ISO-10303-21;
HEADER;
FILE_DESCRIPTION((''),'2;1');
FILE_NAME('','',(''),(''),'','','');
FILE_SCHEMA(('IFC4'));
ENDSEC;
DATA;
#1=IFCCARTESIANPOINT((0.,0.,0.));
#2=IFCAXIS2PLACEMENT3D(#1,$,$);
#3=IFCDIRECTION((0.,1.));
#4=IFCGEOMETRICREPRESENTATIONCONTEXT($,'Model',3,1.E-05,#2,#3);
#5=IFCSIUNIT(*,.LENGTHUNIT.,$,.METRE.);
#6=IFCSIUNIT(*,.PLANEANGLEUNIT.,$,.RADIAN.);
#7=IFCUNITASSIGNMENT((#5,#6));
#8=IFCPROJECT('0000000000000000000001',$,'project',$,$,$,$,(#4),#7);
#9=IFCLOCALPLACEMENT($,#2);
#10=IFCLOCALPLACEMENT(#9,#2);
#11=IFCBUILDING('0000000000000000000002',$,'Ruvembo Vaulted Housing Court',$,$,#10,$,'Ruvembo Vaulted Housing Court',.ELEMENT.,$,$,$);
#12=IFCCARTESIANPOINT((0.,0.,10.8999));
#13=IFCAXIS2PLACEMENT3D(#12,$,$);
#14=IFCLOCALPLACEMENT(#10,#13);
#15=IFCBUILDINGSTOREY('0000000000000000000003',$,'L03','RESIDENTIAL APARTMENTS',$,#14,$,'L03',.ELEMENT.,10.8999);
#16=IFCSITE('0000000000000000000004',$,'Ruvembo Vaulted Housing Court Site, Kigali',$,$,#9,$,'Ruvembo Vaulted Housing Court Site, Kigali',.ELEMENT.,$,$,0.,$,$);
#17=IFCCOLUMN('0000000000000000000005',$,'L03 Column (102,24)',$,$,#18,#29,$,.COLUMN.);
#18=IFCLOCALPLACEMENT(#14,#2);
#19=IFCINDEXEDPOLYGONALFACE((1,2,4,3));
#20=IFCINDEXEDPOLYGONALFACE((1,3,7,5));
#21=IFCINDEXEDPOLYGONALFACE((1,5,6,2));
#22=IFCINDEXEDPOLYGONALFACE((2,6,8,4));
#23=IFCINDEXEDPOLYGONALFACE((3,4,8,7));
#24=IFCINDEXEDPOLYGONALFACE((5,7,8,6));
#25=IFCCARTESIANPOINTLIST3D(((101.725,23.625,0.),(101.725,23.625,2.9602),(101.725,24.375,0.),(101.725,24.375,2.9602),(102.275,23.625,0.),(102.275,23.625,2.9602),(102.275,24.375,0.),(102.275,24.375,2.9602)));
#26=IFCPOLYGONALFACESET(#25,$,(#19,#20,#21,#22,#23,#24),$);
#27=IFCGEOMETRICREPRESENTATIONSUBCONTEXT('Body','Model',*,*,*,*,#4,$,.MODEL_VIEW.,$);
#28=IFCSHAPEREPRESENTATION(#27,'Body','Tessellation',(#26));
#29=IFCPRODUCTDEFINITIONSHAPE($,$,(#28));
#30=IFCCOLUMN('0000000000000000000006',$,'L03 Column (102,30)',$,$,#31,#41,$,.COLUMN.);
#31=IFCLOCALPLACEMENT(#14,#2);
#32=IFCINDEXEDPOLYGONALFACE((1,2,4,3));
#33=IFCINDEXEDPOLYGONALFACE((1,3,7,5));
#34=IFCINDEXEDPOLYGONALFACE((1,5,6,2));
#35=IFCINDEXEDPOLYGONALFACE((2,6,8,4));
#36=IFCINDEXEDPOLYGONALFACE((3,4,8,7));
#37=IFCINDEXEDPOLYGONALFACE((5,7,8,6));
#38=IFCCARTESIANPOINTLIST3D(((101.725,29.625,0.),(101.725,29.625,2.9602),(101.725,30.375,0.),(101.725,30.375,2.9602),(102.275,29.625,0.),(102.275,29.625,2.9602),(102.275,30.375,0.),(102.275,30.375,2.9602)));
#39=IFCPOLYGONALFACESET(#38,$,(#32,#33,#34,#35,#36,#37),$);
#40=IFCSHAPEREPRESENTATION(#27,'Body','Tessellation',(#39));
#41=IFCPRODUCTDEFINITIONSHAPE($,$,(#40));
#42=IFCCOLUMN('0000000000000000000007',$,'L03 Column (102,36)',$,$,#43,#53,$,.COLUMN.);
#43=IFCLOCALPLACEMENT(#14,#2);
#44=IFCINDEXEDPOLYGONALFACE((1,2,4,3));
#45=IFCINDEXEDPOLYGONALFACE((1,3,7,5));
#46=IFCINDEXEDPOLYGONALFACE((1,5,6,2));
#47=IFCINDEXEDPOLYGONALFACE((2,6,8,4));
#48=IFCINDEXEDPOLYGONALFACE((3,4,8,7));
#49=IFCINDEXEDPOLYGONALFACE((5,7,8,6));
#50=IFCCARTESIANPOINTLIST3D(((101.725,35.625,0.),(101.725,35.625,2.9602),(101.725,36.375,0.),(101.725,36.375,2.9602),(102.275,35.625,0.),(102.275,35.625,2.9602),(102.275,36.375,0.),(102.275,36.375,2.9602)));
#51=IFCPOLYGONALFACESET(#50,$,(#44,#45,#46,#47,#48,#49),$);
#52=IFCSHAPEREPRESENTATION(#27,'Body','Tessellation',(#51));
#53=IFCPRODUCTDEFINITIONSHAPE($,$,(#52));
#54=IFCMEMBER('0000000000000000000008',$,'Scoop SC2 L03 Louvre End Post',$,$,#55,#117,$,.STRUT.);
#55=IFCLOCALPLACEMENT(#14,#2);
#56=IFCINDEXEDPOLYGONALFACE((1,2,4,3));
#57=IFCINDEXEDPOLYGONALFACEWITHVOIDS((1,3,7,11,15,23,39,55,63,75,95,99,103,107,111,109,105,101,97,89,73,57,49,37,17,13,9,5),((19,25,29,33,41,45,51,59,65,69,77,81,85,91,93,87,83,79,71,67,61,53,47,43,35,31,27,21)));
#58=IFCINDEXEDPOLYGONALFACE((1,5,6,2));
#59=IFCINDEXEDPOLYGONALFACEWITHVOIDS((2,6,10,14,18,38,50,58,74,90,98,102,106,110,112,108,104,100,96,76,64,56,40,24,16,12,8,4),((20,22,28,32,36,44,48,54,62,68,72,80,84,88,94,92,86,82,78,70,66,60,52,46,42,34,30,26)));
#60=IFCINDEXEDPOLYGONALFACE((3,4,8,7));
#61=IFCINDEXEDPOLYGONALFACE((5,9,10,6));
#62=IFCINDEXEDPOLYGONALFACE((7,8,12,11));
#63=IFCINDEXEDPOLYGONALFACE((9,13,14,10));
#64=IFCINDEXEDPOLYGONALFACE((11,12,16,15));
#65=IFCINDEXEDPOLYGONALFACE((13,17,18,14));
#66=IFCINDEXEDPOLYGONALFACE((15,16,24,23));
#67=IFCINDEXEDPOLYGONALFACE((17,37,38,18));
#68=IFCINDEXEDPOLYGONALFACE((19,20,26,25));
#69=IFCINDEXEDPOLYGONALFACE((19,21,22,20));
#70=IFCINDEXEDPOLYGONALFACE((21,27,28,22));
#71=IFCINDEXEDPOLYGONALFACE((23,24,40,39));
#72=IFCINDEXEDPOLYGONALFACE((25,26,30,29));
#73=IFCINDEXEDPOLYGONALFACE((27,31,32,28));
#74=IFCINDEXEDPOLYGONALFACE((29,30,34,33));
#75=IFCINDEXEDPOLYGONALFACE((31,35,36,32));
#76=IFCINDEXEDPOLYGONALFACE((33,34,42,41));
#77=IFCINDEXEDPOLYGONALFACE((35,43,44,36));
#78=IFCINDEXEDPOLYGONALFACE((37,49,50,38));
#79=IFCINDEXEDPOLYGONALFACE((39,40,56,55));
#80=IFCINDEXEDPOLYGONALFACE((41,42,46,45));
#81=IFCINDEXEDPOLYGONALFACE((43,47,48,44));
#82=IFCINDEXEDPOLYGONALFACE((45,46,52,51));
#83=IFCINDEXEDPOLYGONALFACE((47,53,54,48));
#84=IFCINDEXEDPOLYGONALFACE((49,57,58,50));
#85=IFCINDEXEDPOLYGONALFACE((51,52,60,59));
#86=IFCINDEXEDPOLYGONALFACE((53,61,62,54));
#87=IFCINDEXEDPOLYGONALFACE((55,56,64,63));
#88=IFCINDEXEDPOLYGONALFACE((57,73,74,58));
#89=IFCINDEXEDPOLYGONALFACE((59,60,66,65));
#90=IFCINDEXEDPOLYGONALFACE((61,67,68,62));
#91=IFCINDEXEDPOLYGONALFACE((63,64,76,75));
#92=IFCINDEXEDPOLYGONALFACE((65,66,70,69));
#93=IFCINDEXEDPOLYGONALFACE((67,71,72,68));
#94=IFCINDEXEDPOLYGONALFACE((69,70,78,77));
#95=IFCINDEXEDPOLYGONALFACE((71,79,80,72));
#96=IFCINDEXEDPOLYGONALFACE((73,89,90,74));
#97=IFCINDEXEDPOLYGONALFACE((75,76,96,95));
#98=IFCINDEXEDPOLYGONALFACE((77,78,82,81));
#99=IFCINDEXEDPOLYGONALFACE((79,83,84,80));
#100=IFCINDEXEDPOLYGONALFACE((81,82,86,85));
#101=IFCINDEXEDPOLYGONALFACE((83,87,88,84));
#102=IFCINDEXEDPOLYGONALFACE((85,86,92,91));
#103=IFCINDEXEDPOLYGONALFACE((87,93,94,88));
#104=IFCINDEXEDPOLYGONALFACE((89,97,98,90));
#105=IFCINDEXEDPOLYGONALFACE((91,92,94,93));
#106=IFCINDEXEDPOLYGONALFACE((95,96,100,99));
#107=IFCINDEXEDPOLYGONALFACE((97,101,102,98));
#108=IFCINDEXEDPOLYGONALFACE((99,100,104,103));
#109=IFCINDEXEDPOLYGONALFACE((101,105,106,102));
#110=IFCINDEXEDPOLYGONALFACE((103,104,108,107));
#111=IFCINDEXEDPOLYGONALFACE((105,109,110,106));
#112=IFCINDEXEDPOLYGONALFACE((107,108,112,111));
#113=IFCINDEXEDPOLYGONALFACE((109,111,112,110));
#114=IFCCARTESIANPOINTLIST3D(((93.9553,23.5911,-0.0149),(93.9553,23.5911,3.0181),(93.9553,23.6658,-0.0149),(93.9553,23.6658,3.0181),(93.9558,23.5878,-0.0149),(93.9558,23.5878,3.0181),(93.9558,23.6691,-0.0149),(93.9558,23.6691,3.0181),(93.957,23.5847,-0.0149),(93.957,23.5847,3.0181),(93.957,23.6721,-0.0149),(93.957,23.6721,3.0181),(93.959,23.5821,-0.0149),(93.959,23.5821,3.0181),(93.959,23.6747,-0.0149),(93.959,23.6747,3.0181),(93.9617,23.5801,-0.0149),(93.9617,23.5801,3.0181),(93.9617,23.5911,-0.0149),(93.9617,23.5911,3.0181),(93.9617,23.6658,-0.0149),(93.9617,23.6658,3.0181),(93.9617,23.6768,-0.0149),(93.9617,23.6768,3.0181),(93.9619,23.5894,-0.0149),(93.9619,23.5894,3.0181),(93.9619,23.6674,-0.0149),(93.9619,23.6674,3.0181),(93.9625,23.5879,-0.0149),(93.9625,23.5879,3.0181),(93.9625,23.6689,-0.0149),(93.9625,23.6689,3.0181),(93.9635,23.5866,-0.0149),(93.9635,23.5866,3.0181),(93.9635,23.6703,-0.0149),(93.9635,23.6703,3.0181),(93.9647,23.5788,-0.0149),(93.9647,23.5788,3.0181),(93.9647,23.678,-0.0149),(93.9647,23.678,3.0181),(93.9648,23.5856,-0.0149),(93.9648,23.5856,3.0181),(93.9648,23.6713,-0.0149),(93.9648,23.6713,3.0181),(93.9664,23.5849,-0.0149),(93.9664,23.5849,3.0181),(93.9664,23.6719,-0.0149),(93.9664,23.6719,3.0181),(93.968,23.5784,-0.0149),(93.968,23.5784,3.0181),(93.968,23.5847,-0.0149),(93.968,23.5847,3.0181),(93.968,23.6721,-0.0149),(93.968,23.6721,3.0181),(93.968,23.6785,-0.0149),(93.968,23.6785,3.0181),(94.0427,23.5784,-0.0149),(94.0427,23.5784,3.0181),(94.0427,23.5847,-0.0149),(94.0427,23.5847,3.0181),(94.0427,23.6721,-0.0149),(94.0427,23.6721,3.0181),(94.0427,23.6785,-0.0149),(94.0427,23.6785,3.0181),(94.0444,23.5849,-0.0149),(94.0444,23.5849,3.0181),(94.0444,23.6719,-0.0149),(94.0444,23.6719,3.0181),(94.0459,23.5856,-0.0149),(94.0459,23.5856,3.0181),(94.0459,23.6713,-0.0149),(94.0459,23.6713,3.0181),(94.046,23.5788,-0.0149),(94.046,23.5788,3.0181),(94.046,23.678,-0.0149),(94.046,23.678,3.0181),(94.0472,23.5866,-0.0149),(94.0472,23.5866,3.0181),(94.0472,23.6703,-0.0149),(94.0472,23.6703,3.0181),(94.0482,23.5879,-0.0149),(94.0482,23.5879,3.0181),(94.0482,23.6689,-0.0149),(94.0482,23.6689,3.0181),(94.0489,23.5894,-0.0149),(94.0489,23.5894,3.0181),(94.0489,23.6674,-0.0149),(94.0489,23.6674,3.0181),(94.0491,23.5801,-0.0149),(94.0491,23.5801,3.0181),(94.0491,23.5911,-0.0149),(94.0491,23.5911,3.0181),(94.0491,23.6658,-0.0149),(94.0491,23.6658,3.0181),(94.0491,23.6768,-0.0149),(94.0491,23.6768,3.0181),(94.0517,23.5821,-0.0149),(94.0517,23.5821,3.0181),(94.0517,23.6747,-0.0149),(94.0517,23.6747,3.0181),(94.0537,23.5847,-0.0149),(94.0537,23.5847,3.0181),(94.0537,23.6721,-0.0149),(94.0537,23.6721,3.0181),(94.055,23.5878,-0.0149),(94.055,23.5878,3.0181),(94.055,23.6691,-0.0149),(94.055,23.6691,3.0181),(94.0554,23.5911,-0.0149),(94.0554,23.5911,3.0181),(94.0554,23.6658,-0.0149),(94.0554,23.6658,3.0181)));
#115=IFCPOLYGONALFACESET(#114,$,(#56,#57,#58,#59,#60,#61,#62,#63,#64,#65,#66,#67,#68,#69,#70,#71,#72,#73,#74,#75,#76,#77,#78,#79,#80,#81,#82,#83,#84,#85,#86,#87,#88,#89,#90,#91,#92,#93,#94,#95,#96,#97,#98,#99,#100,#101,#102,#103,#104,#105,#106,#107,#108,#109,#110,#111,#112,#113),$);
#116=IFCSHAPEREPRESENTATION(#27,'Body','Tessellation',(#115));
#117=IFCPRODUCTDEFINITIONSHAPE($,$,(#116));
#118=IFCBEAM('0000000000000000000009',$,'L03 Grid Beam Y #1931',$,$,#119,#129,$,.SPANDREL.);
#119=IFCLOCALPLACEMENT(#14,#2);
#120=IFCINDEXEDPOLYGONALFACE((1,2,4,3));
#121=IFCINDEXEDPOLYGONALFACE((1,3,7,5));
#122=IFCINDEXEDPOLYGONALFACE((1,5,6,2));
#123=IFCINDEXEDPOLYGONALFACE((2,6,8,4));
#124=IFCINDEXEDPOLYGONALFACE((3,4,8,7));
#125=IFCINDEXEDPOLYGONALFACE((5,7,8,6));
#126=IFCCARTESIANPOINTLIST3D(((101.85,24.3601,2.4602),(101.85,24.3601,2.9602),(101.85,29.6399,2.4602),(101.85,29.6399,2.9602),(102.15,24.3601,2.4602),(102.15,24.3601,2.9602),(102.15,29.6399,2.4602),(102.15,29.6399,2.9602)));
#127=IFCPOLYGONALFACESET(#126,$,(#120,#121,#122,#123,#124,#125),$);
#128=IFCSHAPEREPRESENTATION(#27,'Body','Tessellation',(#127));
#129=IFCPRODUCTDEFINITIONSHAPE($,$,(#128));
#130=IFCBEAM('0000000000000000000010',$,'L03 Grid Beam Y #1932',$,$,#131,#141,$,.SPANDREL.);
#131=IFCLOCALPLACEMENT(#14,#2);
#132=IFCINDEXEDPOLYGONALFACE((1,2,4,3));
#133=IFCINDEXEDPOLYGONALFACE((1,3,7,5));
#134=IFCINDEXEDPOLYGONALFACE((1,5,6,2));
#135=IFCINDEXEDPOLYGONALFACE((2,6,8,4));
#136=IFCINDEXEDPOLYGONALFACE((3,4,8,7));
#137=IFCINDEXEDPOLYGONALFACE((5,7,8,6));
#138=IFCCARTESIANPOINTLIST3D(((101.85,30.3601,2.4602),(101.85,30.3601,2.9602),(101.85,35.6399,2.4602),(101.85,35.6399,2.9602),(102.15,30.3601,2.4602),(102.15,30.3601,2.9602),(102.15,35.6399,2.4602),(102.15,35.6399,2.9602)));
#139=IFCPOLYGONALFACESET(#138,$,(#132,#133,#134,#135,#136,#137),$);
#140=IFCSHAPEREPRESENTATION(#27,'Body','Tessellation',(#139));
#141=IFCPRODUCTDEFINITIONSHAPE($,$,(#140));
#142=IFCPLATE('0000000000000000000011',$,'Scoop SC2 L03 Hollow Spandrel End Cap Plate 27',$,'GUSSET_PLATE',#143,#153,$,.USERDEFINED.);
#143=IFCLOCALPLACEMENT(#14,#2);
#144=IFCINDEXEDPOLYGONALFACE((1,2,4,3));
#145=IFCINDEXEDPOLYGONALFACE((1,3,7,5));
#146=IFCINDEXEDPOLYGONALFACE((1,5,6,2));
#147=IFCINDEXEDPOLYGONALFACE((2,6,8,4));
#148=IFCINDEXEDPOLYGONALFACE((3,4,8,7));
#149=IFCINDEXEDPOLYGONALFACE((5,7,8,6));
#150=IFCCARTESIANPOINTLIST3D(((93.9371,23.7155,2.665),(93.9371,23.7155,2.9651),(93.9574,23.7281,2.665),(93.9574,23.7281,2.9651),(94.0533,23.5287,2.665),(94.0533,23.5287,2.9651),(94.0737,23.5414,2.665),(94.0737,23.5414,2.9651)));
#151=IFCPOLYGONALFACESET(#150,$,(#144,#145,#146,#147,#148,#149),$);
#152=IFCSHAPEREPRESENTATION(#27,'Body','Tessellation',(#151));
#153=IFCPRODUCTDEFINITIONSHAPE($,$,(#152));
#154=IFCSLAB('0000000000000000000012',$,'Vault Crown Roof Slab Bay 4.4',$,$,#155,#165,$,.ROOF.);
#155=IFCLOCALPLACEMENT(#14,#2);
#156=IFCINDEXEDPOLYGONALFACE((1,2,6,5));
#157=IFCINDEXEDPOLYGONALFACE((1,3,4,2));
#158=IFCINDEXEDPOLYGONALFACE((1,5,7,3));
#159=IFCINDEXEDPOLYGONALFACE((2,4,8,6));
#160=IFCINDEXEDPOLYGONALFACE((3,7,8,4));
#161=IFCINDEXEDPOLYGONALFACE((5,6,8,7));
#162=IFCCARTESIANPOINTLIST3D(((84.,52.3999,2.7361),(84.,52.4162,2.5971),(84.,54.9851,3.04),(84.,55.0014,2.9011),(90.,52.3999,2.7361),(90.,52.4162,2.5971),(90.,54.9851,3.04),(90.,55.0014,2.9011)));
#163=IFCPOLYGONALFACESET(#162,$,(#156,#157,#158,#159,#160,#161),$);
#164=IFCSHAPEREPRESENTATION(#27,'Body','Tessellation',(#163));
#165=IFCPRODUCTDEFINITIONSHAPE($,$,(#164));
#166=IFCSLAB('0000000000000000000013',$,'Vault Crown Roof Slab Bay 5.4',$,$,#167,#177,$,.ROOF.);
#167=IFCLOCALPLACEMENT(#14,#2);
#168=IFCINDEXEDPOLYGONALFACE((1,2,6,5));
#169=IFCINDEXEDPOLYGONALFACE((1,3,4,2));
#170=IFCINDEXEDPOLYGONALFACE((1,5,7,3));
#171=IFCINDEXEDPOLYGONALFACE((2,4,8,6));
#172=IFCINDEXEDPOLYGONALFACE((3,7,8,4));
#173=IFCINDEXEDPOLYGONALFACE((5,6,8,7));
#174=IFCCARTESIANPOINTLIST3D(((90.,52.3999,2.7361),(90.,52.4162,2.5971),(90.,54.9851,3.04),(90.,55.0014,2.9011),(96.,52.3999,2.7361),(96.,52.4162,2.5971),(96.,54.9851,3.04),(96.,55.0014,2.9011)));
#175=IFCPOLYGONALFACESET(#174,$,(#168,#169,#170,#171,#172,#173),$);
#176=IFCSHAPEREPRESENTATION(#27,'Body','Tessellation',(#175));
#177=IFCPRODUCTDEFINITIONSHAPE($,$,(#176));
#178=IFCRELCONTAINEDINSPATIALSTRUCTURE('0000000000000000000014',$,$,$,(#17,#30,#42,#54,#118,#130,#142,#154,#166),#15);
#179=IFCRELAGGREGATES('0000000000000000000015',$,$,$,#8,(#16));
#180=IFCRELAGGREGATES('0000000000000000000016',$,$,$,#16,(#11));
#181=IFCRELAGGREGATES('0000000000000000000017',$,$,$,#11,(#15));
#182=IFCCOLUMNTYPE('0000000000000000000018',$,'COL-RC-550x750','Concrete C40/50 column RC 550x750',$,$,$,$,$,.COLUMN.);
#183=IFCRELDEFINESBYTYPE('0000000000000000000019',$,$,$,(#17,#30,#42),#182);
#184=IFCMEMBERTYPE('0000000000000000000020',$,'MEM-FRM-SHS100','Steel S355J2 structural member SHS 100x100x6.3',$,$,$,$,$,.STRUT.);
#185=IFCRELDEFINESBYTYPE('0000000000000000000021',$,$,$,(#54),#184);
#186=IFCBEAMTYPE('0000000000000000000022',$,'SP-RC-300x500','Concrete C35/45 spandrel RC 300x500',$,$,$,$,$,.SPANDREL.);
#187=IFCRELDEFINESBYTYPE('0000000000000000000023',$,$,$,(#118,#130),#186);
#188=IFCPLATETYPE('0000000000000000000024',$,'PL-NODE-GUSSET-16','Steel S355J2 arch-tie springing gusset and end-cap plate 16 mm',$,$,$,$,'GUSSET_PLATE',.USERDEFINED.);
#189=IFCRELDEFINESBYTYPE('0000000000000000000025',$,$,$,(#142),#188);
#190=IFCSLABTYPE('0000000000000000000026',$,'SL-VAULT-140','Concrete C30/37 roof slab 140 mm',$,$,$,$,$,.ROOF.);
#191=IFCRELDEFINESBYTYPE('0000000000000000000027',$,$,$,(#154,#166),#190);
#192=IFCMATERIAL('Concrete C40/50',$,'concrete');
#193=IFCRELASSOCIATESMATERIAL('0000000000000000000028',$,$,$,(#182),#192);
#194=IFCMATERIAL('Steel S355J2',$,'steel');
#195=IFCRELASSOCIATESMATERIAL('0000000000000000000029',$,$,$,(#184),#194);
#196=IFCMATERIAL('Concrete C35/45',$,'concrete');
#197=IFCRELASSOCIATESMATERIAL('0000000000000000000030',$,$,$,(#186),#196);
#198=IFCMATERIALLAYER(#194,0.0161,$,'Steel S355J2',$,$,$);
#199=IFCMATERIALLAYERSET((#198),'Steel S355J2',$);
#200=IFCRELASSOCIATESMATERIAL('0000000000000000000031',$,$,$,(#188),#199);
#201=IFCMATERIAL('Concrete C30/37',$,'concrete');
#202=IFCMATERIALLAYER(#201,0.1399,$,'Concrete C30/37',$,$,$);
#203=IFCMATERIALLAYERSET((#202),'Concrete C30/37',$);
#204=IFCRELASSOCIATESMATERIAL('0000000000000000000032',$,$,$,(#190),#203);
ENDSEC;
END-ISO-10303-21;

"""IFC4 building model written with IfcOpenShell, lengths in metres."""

from ifc_helpers import new_model, si_unit, direction, frame, origin, origin_2d, place, context, subcontext, project, spatial, polyline, rectangle, hollow_rectangle, outline, extrude, material, layer, layer_set, material_profile, profile_set, type_object, element, save


model = new_model("IFC4")

# Units and contexts
model_context = context("Model", 3, precision=1e-05, world=origin(), true_north=direction((0.0, 1.0)))
body_context = subcontext(model_context, "Body", "Model", "MODEL_VIEW")
ifc_project = project(units=[si_unit("LENGTHUNIT", "METRE"), si_unit("PLANEANGLEUNIT", "RADIAN")], contexts=[model_context])

# Site, building, storey
site_placement = place(None, origin())
site = spatial("IfcSite", under=ifc_project, at=site_placement, Name="Ruvembo Vaulted Housing Court Site, Kigali", LongName="Ruvembo Vaulted Housing Court Site, Kigali", CompositionType="ELEMENT", RefElevation=0.0)
building_placement = place(site_placement, origin())
building = spatial("IfcBuilding", under=site, at=building_placement, Name="Ruvembo Vaulted Housing Court", LongName="Ruvembo Vaulted Housing Court", CompositionType="ELEMENT")
storey_placement = place(building_placement, frame((0.0, 0.0, 10.8999)))
storey = spatial("IfcBuildingStorey", under=building, at=storey_placement, Name="L03", Description="RESIDENTIAL APARTMENTS", LongName="L03", CompositionType="ELEMENT", Elevation=10.8999)

# Columns
ifc_material_1 = material(Name="Concrete C40/50", Category="concrete")
ifc_material_profile_1 = material_profile(ifc_material_1, rectangle(XDim=0.55, YDim=0.75, at=origin_2d()), Name="RC 550x750")
ifc_profile_set_1 = profile_set([ifc_material_profile_1], Name="Concrete C40/50")
column_type = type_object("IfcColumnType", Name="COL-RC-550x750", Description="Concrete C40/50 column RC 550x750", PredefinedType="COLUMN", material=ifc_profile_set_1)
for number, where, z_axis, x_axis, name in (
    (1, (102.0, 24.0, 0.0), (0.0, 0.0, 1.0), (1.0, 0.0, 0.0), "L03 Column (102,24)"),
    (2, (102.0, 30.0, 0.0), (0.0, 0.0, 1.0), (1.0, 0.0, 0.0), "L03 Column (102,30)"),
    (3, (102.0, 36.0, 0.0), (0.0, 0.0, 1.0), (1.0, 0.0, 0.0), "L03 Column (102,36)"),
):
    element("IfcColumn", number, at=place(storey_placement, frame(where, z_axis=z_axis, x_axis=x_axis)), inside=storey, type_object=column_type, Name=name, PredefinedType="COLUMN", context=body_context, shape_type="SweptSolid", body=[
        extrude(rectangle(XDim=0.55, YDim=0.75, at=origin_2d()), origin(), (0.0, 0.0, 1.0), 2.9602),
    ])

# Member
ifc_material_2 = material(Name="Steel S355J2", Category="steel")
ifc_material_profile_2 = material_profile(ifc_material_2, hollow_rectangle(XDim=0.1001, YDim=0.1001, WallThickness=0.0063, InnerFilletRadius=0.0063, OuterFilletRadius=0.0127, at=origin_2d()), Name="SHS 100x100x6.3")
ifc_profile_set_2 = profile_set([ifc_material_profile_2], Name="Steel S355J2")
member_type = type_object("IfcMemberType", Name="MEM-FRM-SHS100", Description="Steel S355J2 structural member SHS 100x100x6.3", PredefinedType="STRUT", material=ifc_profile_set_2)
member_placement = place(storey_placement, frame((94.0054, 23.6284, -0.0149), z_axis=(0.0, 0.0, 1.0), x_axis=(1.0, 0.0, 0.0)))
element("IfcMember", 4, at=member_placement, inside=storey, type_object=member_type, Name="Scoop SC2 L03 Louvre End Post", PredefinedType="STRUT", context=body_context, shape_type="SweptSolid", body=[
    extrude(hollow_rectangle(XDim=0.1001, YDim=0.1001, WallThickness=0.0063, InnerFilletRadius=0.0063, OuterFilletRadius=0.0127, at=origin_2d()), origin(), (0.0, 0.0, 1.0), 3.033),
])

# Beams
ifc_material_3 = material(Name="Concrete C35/45", Category="concrete")
ifc_material_profile_3 = material_profile(ifc_material_3, rectangle(XDim=0.3, YDim=0.5, at=origin_2d()), Name="RC 300x500")
ifc_profile_set_3 = profile_set([ifc_material_profile_3], Name="Concrete C35/45")
beam_type = type_object("IfcBeamType", Name="SP-RC-300x500", Description="Concrete C35/45 spandrel RC 300x500", PredefinedType="SPANDREL", material=ifc_profile_set_3)
for number, where, z_axis, x_axis, name in (
    (5, (102.0, 24.3601, 2.7102), (0.0, 1.0, 0.0), (-1.0, 0.0, 0.0), "L03 Grid Beam Y #1931"),
    (6, (102.0, 30.3601, 2.7102), (0.0, 1.0, 0.0), (-1.0, 0.0, 0.0), "L03 Grid Beam Y #1932"),
):
    element("IfcBeam", number, at=place(storey_placement, frame(where, z_axis=z_axis, x_axis=x_axis)), inside=storey, type_object=beam_type, Name=name, PredefinedType="SPANDREL", context=body_context, shape_type="SweptSolid", body=[
        extrude(rectangle(XDim=0.3, YDim=0.5, at=origin_2d()), origin(), (0.0, 0.0, 1.0), 5.2798),
    ])

# Plate
ifc_layer_1 = layer(ifc_material_2, 0.0161, Name="Steel S355J2")
ifc_layer_set_1 = layer_set([ifc_layer_1], Name="Steel S355J2")
plate_type = type_object("IfcPlateType", Name="PL-NODE-GUSSET-16", Description="Steel S355J2 arch-tie springing gusset and end-cap plate 16 mm", ElementType="GUSSET_PLATE", PredefinedType="USERDEFINED", material=ifc_layer_set_1)
plate_placement = place(storey_placement, frame((94.0054, 23.6284, 2.665), z_axis=(0.0, 0.0, 1.0), x_axis=(0.848898, 0.528557, 0.0)))
element("IfcPlate", 7, at=plate_placement, inside=storey, type_object=plate_type, Name="Scoop SC2 L03 Hollow Spandrel End Cap Plate 27", ObjectType="GUSSET_PLATE", PredefinedType="USERDEFINED", context=body_context, shape_type="SweptSolid", body=[
    extrude(rectangle(XDim=0.0239, YDim=0.22, at=origin_2d()), origin(), (0.0, 0.0, 1.0), 0.3),
])

# Slabs
ifc_material_4 = material(Name="Concrete C30/37", Category="concrete")
ifc_layer_2 = layer(ifc_material_4, 0.1399, Name="Concrete C30/37")
ifc_layer_set_2 = layer_set([ifc_layer_2], Name="Concrete C30/37")
slab_type = type_object("IfcSlabType", Name="SL-VAULT-140", Description="Concrete C30/37 roof slab 140 mm", PredefinedType="ROOF", material=ifc_layer_set_2)
for number, where, z_axis, x_axis, name in (
    (8, (84.0, 52.3999, 2.7361), (0.0, -0.116771, 0.993159), (1.0, 0.0, 0.0), "Vault Crown Roof Slab Bay 4.4"),
    (9, (90.0, 52.3999, 2.7361), (0.0, -0.116771, 0.993159), (1.0, 0.0, 0.0), "Vault Crown Roof Slab Bay 5.4"),
):
    element("IfcSlab", number, at=place(storey_placement, frame(where, z_axis=z_axis, x_axis=x_axis)), inside=storey, type_object=slab_type, Name=name, PredefinedType="ROOF", context=body_context, shape_type="SweptSolid", body=[
        extrude(outline(polyline([(0.0, 0.0), (6.0, 0.0), (6.0, 2.603), (0.0, 2.603), (0.0, 0.0)])), origin(), (0.0, 0.0, -1.0), 0.1399),
    ])

save(model, "model.ifc")
